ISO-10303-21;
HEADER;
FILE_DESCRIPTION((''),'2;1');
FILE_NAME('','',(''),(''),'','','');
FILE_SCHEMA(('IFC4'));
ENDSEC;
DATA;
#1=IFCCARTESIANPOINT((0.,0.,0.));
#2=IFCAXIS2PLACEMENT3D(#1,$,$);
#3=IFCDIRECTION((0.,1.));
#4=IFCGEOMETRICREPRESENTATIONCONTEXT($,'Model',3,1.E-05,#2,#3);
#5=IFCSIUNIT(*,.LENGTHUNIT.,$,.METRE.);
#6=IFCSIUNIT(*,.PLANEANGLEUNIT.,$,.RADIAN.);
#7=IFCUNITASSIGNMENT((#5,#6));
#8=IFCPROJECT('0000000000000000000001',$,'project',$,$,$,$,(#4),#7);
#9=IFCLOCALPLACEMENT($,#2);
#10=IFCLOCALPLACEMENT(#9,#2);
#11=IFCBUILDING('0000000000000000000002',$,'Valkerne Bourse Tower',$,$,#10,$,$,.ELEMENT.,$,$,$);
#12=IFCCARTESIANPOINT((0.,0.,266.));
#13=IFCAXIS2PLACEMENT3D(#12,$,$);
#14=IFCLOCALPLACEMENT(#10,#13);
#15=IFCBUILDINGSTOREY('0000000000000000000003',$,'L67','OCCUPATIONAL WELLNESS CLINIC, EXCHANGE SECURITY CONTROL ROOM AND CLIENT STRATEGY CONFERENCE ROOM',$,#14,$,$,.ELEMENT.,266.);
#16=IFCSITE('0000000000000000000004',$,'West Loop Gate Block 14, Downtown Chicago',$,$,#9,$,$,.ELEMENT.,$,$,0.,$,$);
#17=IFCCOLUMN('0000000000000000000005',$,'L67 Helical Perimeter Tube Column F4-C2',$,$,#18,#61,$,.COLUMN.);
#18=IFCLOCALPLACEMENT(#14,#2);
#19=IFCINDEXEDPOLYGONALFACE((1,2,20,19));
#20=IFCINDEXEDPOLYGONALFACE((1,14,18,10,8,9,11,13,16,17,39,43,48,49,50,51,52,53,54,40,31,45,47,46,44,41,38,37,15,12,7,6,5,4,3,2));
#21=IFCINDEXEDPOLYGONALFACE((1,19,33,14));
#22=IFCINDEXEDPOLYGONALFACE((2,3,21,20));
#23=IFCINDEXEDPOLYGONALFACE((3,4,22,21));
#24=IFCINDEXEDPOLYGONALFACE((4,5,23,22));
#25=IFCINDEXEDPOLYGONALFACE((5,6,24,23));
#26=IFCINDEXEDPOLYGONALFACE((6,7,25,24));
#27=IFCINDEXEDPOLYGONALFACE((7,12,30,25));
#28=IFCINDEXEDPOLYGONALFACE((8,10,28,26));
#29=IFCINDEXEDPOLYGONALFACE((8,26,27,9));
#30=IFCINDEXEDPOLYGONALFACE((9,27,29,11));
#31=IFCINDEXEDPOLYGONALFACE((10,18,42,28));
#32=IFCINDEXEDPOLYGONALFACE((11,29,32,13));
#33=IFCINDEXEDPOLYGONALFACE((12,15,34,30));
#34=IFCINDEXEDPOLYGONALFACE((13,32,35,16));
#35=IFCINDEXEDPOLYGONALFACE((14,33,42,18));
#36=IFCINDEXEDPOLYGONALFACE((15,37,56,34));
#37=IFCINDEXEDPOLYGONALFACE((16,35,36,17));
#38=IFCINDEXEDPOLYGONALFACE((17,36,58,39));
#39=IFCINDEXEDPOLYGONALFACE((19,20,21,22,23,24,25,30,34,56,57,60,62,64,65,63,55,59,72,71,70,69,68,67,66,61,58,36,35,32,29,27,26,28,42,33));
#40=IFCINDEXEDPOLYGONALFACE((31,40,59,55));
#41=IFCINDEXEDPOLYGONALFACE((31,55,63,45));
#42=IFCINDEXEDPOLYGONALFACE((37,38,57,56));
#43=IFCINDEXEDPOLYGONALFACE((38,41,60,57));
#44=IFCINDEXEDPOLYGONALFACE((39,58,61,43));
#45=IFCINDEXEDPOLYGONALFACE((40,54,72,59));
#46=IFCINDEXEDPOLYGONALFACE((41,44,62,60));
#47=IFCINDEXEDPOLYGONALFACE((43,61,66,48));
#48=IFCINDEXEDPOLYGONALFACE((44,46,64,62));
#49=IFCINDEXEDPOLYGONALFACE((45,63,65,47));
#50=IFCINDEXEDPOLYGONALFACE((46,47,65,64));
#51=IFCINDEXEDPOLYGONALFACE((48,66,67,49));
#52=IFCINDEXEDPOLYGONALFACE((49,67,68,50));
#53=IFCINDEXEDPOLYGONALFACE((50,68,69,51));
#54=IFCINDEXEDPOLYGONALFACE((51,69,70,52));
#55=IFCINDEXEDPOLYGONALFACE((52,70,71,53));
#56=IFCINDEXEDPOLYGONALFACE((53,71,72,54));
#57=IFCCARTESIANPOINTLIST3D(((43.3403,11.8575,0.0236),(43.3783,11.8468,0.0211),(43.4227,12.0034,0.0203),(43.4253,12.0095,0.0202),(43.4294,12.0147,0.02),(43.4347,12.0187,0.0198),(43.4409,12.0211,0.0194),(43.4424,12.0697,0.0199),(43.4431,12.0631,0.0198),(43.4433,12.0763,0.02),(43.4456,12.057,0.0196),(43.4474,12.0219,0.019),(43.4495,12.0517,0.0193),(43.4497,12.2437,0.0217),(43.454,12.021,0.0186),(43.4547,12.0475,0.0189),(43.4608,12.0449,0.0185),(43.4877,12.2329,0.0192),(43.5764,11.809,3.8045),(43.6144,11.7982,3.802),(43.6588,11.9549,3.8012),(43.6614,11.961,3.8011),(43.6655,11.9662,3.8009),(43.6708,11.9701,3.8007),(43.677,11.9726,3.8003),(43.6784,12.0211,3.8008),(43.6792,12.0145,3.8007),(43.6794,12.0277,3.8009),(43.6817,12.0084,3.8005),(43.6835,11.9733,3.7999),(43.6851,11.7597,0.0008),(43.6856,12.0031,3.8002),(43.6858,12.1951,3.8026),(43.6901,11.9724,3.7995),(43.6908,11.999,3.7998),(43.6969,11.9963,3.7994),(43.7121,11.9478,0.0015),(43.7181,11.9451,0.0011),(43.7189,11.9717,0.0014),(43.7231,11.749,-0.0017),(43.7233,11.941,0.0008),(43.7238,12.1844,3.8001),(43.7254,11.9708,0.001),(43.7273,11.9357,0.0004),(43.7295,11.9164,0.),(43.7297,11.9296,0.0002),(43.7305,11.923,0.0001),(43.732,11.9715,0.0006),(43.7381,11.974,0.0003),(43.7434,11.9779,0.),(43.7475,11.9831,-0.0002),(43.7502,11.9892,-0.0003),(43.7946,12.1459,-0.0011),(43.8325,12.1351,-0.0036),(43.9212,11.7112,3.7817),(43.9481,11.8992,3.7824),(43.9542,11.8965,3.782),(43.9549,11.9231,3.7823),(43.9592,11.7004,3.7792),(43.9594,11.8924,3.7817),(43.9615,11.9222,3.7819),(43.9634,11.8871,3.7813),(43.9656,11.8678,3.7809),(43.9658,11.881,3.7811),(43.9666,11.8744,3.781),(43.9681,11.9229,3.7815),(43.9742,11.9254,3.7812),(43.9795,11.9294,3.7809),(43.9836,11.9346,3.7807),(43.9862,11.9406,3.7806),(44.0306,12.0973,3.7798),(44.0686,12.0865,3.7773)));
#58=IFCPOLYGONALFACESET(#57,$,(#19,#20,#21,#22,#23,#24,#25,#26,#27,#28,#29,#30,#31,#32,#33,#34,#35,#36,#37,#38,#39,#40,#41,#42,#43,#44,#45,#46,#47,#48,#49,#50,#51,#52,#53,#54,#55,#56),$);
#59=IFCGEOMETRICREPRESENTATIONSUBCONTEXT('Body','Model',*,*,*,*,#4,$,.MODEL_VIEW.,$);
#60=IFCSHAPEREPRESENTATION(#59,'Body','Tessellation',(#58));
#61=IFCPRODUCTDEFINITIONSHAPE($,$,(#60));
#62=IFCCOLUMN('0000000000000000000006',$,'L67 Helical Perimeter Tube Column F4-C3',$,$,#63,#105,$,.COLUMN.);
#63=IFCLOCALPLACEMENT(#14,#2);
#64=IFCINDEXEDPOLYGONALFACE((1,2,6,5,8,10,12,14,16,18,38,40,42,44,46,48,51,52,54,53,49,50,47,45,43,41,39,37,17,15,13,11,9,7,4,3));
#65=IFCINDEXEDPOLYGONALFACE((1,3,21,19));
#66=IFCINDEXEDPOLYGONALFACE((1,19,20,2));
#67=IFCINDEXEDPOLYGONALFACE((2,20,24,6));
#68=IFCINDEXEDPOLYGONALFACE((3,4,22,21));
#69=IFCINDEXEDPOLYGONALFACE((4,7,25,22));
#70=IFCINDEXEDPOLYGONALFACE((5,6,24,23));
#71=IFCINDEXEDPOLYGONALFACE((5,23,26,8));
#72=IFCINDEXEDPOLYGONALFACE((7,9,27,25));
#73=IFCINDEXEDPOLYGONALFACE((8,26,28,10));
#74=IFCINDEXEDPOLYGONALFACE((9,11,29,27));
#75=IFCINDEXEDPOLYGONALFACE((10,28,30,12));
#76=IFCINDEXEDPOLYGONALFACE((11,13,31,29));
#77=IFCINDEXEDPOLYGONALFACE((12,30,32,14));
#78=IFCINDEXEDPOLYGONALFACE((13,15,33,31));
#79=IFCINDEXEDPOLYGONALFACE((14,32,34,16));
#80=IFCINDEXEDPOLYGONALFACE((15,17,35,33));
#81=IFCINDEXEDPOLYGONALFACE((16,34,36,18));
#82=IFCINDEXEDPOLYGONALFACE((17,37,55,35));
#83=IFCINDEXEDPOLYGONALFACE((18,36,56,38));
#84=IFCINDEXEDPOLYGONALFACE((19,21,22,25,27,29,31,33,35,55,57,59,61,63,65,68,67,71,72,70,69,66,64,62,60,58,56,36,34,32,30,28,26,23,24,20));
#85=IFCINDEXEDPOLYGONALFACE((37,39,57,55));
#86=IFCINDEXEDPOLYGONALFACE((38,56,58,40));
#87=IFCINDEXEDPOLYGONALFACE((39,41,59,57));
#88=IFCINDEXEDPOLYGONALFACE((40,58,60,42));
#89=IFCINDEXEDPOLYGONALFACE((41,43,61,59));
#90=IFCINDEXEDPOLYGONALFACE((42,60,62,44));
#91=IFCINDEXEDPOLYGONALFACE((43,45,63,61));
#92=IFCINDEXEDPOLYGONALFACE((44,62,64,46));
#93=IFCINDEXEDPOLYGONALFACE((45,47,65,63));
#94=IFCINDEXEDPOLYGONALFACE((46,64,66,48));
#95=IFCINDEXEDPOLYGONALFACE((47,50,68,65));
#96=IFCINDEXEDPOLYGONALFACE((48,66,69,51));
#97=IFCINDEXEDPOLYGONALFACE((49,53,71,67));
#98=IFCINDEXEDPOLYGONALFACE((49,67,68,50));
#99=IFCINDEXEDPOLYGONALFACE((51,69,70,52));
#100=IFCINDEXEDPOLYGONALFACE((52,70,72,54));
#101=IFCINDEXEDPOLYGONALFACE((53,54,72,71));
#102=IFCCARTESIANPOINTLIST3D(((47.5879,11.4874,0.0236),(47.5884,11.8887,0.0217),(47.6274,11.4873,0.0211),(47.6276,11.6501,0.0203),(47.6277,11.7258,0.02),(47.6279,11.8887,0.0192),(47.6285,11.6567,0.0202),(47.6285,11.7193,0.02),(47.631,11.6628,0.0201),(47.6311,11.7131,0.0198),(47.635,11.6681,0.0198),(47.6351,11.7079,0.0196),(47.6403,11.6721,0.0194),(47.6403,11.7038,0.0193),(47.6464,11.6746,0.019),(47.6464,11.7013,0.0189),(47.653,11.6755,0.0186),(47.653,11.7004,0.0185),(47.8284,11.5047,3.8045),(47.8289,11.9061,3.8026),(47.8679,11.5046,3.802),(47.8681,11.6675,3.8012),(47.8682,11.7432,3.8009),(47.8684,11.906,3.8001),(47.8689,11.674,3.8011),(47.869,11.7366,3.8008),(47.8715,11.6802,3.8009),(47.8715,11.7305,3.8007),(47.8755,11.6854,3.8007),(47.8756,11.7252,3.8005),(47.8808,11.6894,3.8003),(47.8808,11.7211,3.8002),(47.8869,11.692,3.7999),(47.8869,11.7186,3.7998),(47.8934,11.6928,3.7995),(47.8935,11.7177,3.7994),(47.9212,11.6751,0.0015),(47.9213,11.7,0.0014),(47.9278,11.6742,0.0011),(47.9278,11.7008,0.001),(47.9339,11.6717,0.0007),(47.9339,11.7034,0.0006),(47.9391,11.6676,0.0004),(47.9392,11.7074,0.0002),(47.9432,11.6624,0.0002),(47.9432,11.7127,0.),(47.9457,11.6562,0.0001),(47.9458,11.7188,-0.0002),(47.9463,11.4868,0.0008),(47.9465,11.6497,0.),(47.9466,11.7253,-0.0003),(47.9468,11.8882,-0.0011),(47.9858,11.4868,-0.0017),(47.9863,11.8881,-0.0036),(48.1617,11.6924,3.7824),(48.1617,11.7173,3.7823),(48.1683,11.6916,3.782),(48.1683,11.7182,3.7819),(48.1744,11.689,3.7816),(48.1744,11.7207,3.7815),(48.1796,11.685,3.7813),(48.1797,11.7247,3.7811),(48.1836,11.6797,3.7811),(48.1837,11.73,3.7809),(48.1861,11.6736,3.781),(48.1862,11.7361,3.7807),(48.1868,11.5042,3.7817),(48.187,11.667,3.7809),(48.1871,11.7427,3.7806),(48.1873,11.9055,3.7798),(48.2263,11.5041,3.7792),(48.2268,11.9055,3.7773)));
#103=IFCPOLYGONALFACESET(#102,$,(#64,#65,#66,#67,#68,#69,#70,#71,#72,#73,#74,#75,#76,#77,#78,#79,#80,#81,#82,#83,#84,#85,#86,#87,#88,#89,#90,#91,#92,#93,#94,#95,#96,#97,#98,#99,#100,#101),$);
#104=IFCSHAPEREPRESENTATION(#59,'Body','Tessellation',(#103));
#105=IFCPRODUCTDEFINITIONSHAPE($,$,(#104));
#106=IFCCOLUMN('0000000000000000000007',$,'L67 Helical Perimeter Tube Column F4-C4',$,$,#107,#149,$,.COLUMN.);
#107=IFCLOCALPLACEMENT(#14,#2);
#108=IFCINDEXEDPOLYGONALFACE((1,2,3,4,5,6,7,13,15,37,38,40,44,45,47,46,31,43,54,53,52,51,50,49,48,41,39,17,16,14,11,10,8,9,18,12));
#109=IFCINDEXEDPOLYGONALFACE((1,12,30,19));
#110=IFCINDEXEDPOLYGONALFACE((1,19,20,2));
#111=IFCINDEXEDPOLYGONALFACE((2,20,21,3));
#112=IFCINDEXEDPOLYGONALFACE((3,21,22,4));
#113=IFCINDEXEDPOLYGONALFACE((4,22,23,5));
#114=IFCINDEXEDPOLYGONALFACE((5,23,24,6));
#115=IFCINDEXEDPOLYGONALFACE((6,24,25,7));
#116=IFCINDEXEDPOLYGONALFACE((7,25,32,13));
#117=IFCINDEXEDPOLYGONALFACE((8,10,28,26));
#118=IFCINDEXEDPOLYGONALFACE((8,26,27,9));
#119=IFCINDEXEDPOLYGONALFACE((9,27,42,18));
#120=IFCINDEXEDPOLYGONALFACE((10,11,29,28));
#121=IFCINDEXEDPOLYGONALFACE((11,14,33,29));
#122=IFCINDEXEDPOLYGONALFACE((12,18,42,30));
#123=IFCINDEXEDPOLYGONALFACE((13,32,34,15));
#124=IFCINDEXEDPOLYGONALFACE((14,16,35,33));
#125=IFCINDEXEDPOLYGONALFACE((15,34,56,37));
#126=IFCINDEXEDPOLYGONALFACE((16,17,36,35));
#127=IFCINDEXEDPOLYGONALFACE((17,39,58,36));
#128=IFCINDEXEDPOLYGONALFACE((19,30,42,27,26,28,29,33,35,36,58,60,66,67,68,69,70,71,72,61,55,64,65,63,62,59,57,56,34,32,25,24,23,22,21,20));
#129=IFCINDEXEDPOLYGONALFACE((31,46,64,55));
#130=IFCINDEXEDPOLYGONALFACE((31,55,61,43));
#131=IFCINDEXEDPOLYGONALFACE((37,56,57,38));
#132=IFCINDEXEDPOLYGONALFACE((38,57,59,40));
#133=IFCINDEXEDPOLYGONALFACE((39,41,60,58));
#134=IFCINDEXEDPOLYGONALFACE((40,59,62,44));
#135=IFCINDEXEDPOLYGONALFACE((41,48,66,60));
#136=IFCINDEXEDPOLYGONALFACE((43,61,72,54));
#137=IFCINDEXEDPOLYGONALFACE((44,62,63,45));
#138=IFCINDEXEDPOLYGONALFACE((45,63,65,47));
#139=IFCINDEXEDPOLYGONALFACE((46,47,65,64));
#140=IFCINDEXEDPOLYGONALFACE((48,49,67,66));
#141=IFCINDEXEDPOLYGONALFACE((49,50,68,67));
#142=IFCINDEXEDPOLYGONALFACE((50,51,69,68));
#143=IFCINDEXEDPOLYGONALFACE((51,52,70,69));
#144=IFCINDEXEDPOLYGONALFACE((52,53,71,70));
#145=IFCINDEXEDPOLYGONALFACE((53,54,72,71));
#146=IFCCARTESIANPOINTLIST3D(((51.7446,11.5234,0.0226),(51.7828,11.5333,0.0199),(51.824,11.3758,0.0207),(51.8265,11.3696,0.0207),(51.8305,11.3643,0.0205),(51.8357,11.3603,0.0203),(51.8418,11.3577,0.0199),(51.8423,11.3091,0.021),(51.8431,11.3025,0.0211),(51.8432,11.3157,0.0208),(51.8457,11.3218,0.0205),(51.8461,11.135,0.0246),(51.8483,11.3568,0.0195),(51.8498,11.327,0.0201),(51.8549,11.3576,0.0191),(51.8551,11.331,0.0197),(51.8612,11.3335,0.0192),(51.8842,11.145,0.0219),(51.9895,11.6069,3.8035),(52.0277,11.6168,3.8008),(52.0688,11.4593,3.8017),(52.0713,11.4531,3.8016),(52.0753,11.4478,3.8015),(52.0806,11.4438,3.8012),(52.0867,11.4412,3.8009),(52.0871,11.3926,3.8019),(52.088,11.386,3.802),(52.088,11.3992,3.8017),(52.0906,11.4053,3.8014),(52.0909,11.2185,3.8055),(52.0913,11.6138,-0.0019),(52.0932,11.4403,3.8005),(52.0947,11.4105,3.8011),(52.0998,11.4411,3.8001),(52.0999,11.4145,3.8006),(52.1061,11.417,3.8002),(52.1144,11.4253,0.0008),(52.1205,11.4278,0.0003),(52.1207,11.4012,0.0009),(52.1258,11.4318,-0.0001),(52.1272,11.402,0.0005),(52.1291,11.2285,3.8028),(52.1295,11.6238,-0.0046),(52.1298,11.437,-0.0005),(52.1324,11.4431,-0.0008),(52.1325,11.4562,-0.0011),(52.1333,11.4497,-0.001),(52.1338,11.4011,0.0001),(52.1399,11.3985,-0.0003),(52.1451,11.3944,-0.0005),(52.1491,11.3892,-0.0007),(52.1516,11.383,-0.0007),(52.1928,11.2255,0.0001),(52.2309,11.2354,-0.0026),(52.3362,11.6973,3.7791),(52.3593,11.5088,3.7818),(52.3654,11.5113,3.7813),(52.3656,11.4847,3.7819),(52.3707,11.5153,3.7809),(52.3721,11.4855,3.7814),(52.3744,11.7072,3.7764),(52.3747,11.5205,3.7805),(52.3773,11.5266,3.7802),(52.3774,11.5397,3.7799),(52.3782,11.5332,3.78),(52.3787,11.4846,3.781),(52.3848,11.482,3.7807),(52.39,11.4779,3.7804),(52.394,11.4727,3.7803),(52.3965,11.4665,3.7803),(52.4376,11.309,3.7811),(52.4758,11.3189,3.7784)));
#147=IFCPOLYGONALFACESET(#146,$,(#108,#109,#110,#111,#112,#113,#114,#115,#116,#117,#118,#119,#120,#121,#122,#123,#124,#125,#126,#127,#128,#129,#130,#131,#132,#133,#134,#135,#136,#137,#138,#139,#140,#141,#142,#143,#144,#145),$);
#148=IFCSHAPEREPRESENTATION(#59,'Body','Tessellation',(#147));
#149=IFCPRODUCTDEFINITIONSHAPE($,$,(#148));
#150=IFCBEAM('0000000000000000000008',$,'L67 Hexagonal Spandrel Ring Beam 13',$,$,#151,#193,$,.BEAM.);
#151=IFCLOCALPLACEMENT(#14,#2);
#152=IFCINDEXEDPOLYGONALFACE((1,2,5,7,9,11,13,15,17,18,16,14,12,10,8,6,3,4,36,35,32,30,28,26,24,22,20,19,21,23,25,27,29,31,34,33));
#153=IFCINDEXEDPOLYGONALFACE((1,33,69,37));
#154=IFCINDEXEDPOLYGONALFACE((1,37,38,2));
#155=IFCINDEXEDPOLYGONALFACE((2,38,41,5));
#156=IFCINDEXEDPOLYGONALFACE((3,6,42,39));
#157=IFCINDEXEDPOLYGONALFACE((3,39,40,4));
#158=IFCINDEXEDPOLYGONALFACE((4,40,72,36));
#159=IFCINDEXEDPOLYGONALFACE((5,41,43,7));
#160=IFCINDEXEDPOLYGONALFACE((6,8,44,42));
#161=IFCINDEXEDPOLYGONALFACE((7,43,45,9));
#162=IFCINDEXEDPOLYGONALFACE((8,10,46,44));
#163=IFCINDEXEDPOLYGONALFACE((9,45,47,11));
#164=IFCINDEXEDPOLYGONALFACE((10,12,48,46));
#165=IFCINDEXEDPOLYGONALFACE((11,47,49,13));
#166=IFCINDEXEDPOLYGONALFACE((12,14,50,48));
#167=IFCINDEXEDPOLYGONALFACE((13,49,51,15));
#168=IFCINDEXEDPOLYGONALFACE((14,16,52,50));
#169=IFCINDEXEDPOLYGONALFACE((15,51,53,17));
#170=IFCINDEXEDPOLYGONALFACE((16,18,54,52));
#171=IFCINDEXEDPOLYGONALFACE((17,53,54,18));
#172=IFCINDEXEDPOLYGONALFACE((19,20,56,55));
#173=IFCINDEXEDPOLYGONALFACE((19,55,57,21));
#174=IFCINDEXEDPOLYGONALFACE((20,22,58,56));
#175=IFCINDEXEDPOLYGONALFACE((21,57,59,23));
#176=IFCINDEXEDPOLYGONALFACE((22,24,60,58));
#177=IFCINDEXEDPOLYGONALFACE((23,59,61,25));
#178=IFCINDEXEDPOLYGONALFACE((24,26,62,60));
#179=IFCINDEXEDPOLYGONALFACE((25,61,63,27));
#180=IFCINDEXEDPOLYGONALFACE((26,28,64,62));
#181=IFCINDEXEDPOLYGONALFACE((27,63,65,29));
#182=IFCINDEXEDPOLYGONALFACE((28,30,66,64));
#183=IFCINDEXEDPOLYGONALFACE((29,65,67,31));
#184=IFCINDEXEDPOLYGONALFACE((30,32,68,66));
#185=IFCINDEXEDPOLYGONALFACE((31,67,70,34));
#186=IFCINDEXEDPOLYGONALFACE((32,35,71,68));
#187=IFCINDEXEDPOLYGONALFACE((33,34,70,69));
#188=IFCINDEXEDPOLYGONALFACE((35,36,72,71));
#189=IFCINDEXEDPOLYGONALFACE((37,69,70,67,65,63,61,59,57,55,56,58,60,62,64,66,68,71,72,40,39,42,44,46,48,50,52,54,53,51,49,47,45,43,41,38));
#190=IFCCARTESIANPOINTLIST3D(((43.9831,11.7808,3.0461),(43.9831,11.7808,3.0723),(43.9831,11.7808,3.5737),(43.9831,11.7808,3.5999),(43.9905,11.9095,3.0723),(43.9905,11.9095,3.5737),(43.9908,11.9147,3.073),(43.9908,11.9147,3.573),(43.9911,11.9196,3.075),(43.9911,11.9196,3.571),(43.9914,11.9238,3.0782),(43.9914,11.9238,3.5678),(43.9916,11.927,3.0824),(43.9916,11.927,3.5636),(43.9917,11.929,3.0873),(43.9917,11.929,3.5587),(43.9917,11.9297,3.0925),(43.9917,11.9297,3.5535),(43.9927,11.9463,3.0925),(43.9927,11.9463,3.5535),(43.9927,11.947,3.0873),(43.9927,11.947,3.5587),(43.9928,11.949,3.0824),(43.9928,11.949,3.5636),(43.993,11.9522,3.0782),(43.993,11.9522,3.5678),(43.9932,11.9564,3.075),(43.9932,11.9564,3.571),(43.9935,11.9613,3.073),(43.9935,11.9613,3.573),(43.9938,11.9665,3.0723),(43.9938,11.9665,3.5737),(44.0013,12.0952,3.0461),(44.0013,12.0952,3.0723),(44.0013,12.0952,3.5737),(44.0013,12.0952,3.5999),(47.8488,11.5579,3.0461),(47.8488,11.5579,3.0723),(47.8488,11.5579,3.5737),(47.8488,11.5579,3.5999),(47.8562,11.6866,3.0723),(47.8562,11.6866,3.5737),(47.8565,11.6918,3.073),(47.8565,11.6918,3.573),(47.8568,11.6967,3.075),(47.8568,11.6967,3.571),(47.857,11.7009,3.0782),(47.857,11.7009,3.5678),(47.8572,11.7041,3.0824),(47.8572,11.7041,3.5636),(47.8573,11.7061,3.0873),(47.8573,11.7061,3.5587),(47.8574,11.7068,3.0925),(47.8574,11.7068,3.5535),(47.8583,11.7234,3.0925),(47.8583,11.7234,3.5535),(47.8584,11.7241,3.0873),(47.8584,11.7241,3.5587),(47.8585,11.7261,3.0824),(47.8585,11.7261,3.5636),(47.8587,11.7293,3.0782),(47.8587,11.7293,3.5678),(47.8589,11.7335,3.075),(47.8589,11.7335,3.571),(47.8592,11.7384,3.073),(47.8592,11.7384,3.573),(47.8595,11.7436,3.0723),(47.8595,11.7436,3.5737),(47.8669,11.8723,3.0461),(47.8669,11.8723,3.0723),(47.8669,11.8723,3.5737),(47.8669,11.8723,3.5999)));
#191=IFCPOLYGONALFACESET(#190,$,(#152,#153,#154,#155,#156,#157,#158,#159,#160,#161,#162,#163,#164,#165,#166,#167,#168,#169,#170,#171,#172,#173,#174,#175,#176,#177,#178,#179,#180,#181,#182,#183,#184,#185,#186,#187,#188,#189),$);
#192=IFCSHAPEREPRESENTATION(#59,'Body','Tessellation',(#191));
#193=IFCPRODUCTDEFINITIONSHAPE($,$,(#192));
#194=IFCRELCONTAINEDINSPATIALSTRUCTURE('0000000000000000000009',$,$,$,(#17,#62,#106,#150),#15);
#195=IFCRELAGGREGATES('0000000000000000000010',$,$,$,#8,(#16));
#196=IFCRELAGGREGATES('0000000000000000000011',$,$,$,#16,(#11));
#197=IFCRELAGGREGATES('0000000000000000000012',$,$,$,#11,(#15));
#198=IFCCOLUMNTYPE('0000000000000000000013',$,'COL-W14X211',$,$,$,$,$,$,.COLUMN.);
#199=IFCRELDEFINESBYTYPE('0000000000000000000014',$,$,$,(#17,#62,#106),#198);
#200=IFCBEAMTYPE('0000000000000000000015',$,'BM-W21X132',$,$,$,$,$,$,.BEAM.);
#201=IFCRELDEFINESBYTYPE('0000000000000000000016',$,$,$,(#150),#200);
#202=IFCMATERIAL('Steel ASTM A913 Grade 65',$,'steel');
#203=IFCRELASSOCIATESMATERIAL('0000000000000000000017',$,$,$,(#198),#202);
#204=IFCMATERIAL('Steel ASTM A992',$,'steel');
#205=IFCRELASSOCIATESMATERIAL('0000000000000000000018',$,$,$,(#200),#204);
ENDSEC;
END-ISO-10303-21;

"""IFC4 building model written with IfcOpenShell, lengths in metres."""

from ifc_helpers import new_model, si_unit, direction, frame, origin, origin_2d, place, context, subcontext, project, spatial, i_section, extrude, material, material_profile, profile_set, type_object, element, save


model = new_model("IFC4")

# Units and contexts
model_context = context("Model", 3, precision=1e-05, world=origin(), true_north=direction((0.0, 1.0)))
body_context = subcontext(model_context, "Body", "Model", "MODEL_VIEW")
ifc_project = project(units=[si_unit("LENGTHUNIT", "METRE"), si_unit("PLANEANGLEUNIT", "RADIAN")], contexts=[model_context])

# Site, building, storey
site_placement = place(None, origin())
site = spatial("IfcSite", under=ifc_project, at=site_placement, Name="West Loop Gate Block 14, Downtown Chicago", CompositionType="ELEMENT", RefElevation=0.0)
building_placement = place(site_placement, origin())
building = spatial("IfcBuilding", under=site, at=building_placement, Name="Valkerne Bourse Tower", CompositionType="ELEMENT")
storey_placement = place(building_placement, frame((0.0, 0.0, 266.0)))
storey = spatial("IfcBuildingStorey", under=building, at=storey_placement, Name="L67", Description="OCCUPATIONAL WELLNESS CLINIC, EXCHANGE SECURITY CONTROL ROOM AND CLIENT STRATEGY CONFERENCE ROOM", CompositionType="ELEMENT", Elevation=266.0)

# Columns
ifc_material_1 = material(Name="Steel ASTM A913 Grade 65", Category="steel")
ifc_material_profile_1 = material_profile(ifc_material_1, i_section(OverallWidth=0.4014, OverallDepth=0.3987, WebThickness=0.0249, FlangeThickness=0.0396, FilletRadius=0.0254, at=origin_2d()), Name="W14X211")
ifc_profile_set_1 = profile_set([ifc_material_profile_1], Name="Steel ASTM A913 Grade 65")
column_type = type_object("IfcColumnType", Name="COL-W14X211", PredefinedType="COLUMN", material=ifc_profile_set_1)
for number, where, z_axis, x_axis, name in (
    (1, (43.5864, 11.9963, 0.01), (0.062313, -0.012823, 0.997974), (0.272616, 0.962112, -0.004659), "L67 Helical Perimeter Tube Column F4-C2"),
    (2, (47.7871, 11.6877, 0.01), (0.063473, 0.004575, 0.997973), (0.001199, 0.999988, -0.004661), "L67 Helical Perimeter Tube Column F4-C3"),
):
    element("IfcColumn", number, at=place(storey_placement, frame(where, z_axis=z_axis, x_axis=x_axis)), inside=storey, type_object=column_type, Name=name, PredefinedType="COLUMN", context=body_context, shape_type="SweptSolid", body=[
        extrude(i_section(OverallWidth=0.4014, OverallDepth=0.3987, WebThickness=0.0249, FlangeThickness=0.0396, FilletRadius=0.0254, at=origin_2d()), origin(), (0.0, 0.0, 1.0), 3.7886),
    ])
column_placement = place(storey_placement, frame((51.9878, 11.3794, 0.01), z_axis=(0.064613, 0.022032, 0.997667), x_axis=(-0.252707, 0.96753, -0.005)))
element("IfcColumn", 3, at=column_placement, inside=storey, type_object=column_type, Name="L67 Helical Perimeter Tube Column F4-C4", PredefinedType="COLUMN", context=body_context, shape_type="SweptSolid", body=[
    extrude(i_section(OverallWidth=0.4014, OverallDepth=0.3987, WebThickness=0.0249, FlangeThickness=0.0396, FilletRadius=0.0254, at=origin_2d()), origin(), (0.0, 0.0, 1.0), 3.7898),
])

# Beam
ifc_material_2 = material(Name="Steel ASTM A992", Category="steel")
ifc_material_profile_2 = material_profile(ifc_material_2, i_section(OverallWidth=0.3149, OverallDepth=0.5537, WebThickness=0.0166, FlangeThickness=0.0261, FilletRadius=0.0203, at=origin_2d()), Name="W21X132")
ifc_profile_set_2 = profile_set([ifc_material_profile_2], Name="Steel ASTM A992")
beam_type_1 = type_object("IfcBeamType", Name="BM-W21X132", PredefinedType="BEAM", material=ifc_profile_set_2)
for number, where, z_axis, x_axis, name in (
    (4, (43.9922, 11.938, 3.323), (0.998342, -0.057565, 0.0), (0.057565, 0.998342, 0.0), "L67 Hexagonal Spandrel Ring Beam 13"),
):
    element("IfcBeam", number, at=place(storey_placement, frame(where, z_axis=z_axis, x_axis=x_axis)), inside=storey, type_object=beam_type_1, Name=name, PredefinedType="BEAM", context=body_context, shape_type="SweptSolid", body=[
        extrude(i_section(OverallWidth=0.3149, OverallDepth=0.5537, WebThickness=0.0166, FlangeThickness=0.0261, FilletRadius=0.0203, at=origin_2d()), origin(), (0.0, 0.0, 1.0), 3.8721),
    ])

save(model, "model.ifc")
